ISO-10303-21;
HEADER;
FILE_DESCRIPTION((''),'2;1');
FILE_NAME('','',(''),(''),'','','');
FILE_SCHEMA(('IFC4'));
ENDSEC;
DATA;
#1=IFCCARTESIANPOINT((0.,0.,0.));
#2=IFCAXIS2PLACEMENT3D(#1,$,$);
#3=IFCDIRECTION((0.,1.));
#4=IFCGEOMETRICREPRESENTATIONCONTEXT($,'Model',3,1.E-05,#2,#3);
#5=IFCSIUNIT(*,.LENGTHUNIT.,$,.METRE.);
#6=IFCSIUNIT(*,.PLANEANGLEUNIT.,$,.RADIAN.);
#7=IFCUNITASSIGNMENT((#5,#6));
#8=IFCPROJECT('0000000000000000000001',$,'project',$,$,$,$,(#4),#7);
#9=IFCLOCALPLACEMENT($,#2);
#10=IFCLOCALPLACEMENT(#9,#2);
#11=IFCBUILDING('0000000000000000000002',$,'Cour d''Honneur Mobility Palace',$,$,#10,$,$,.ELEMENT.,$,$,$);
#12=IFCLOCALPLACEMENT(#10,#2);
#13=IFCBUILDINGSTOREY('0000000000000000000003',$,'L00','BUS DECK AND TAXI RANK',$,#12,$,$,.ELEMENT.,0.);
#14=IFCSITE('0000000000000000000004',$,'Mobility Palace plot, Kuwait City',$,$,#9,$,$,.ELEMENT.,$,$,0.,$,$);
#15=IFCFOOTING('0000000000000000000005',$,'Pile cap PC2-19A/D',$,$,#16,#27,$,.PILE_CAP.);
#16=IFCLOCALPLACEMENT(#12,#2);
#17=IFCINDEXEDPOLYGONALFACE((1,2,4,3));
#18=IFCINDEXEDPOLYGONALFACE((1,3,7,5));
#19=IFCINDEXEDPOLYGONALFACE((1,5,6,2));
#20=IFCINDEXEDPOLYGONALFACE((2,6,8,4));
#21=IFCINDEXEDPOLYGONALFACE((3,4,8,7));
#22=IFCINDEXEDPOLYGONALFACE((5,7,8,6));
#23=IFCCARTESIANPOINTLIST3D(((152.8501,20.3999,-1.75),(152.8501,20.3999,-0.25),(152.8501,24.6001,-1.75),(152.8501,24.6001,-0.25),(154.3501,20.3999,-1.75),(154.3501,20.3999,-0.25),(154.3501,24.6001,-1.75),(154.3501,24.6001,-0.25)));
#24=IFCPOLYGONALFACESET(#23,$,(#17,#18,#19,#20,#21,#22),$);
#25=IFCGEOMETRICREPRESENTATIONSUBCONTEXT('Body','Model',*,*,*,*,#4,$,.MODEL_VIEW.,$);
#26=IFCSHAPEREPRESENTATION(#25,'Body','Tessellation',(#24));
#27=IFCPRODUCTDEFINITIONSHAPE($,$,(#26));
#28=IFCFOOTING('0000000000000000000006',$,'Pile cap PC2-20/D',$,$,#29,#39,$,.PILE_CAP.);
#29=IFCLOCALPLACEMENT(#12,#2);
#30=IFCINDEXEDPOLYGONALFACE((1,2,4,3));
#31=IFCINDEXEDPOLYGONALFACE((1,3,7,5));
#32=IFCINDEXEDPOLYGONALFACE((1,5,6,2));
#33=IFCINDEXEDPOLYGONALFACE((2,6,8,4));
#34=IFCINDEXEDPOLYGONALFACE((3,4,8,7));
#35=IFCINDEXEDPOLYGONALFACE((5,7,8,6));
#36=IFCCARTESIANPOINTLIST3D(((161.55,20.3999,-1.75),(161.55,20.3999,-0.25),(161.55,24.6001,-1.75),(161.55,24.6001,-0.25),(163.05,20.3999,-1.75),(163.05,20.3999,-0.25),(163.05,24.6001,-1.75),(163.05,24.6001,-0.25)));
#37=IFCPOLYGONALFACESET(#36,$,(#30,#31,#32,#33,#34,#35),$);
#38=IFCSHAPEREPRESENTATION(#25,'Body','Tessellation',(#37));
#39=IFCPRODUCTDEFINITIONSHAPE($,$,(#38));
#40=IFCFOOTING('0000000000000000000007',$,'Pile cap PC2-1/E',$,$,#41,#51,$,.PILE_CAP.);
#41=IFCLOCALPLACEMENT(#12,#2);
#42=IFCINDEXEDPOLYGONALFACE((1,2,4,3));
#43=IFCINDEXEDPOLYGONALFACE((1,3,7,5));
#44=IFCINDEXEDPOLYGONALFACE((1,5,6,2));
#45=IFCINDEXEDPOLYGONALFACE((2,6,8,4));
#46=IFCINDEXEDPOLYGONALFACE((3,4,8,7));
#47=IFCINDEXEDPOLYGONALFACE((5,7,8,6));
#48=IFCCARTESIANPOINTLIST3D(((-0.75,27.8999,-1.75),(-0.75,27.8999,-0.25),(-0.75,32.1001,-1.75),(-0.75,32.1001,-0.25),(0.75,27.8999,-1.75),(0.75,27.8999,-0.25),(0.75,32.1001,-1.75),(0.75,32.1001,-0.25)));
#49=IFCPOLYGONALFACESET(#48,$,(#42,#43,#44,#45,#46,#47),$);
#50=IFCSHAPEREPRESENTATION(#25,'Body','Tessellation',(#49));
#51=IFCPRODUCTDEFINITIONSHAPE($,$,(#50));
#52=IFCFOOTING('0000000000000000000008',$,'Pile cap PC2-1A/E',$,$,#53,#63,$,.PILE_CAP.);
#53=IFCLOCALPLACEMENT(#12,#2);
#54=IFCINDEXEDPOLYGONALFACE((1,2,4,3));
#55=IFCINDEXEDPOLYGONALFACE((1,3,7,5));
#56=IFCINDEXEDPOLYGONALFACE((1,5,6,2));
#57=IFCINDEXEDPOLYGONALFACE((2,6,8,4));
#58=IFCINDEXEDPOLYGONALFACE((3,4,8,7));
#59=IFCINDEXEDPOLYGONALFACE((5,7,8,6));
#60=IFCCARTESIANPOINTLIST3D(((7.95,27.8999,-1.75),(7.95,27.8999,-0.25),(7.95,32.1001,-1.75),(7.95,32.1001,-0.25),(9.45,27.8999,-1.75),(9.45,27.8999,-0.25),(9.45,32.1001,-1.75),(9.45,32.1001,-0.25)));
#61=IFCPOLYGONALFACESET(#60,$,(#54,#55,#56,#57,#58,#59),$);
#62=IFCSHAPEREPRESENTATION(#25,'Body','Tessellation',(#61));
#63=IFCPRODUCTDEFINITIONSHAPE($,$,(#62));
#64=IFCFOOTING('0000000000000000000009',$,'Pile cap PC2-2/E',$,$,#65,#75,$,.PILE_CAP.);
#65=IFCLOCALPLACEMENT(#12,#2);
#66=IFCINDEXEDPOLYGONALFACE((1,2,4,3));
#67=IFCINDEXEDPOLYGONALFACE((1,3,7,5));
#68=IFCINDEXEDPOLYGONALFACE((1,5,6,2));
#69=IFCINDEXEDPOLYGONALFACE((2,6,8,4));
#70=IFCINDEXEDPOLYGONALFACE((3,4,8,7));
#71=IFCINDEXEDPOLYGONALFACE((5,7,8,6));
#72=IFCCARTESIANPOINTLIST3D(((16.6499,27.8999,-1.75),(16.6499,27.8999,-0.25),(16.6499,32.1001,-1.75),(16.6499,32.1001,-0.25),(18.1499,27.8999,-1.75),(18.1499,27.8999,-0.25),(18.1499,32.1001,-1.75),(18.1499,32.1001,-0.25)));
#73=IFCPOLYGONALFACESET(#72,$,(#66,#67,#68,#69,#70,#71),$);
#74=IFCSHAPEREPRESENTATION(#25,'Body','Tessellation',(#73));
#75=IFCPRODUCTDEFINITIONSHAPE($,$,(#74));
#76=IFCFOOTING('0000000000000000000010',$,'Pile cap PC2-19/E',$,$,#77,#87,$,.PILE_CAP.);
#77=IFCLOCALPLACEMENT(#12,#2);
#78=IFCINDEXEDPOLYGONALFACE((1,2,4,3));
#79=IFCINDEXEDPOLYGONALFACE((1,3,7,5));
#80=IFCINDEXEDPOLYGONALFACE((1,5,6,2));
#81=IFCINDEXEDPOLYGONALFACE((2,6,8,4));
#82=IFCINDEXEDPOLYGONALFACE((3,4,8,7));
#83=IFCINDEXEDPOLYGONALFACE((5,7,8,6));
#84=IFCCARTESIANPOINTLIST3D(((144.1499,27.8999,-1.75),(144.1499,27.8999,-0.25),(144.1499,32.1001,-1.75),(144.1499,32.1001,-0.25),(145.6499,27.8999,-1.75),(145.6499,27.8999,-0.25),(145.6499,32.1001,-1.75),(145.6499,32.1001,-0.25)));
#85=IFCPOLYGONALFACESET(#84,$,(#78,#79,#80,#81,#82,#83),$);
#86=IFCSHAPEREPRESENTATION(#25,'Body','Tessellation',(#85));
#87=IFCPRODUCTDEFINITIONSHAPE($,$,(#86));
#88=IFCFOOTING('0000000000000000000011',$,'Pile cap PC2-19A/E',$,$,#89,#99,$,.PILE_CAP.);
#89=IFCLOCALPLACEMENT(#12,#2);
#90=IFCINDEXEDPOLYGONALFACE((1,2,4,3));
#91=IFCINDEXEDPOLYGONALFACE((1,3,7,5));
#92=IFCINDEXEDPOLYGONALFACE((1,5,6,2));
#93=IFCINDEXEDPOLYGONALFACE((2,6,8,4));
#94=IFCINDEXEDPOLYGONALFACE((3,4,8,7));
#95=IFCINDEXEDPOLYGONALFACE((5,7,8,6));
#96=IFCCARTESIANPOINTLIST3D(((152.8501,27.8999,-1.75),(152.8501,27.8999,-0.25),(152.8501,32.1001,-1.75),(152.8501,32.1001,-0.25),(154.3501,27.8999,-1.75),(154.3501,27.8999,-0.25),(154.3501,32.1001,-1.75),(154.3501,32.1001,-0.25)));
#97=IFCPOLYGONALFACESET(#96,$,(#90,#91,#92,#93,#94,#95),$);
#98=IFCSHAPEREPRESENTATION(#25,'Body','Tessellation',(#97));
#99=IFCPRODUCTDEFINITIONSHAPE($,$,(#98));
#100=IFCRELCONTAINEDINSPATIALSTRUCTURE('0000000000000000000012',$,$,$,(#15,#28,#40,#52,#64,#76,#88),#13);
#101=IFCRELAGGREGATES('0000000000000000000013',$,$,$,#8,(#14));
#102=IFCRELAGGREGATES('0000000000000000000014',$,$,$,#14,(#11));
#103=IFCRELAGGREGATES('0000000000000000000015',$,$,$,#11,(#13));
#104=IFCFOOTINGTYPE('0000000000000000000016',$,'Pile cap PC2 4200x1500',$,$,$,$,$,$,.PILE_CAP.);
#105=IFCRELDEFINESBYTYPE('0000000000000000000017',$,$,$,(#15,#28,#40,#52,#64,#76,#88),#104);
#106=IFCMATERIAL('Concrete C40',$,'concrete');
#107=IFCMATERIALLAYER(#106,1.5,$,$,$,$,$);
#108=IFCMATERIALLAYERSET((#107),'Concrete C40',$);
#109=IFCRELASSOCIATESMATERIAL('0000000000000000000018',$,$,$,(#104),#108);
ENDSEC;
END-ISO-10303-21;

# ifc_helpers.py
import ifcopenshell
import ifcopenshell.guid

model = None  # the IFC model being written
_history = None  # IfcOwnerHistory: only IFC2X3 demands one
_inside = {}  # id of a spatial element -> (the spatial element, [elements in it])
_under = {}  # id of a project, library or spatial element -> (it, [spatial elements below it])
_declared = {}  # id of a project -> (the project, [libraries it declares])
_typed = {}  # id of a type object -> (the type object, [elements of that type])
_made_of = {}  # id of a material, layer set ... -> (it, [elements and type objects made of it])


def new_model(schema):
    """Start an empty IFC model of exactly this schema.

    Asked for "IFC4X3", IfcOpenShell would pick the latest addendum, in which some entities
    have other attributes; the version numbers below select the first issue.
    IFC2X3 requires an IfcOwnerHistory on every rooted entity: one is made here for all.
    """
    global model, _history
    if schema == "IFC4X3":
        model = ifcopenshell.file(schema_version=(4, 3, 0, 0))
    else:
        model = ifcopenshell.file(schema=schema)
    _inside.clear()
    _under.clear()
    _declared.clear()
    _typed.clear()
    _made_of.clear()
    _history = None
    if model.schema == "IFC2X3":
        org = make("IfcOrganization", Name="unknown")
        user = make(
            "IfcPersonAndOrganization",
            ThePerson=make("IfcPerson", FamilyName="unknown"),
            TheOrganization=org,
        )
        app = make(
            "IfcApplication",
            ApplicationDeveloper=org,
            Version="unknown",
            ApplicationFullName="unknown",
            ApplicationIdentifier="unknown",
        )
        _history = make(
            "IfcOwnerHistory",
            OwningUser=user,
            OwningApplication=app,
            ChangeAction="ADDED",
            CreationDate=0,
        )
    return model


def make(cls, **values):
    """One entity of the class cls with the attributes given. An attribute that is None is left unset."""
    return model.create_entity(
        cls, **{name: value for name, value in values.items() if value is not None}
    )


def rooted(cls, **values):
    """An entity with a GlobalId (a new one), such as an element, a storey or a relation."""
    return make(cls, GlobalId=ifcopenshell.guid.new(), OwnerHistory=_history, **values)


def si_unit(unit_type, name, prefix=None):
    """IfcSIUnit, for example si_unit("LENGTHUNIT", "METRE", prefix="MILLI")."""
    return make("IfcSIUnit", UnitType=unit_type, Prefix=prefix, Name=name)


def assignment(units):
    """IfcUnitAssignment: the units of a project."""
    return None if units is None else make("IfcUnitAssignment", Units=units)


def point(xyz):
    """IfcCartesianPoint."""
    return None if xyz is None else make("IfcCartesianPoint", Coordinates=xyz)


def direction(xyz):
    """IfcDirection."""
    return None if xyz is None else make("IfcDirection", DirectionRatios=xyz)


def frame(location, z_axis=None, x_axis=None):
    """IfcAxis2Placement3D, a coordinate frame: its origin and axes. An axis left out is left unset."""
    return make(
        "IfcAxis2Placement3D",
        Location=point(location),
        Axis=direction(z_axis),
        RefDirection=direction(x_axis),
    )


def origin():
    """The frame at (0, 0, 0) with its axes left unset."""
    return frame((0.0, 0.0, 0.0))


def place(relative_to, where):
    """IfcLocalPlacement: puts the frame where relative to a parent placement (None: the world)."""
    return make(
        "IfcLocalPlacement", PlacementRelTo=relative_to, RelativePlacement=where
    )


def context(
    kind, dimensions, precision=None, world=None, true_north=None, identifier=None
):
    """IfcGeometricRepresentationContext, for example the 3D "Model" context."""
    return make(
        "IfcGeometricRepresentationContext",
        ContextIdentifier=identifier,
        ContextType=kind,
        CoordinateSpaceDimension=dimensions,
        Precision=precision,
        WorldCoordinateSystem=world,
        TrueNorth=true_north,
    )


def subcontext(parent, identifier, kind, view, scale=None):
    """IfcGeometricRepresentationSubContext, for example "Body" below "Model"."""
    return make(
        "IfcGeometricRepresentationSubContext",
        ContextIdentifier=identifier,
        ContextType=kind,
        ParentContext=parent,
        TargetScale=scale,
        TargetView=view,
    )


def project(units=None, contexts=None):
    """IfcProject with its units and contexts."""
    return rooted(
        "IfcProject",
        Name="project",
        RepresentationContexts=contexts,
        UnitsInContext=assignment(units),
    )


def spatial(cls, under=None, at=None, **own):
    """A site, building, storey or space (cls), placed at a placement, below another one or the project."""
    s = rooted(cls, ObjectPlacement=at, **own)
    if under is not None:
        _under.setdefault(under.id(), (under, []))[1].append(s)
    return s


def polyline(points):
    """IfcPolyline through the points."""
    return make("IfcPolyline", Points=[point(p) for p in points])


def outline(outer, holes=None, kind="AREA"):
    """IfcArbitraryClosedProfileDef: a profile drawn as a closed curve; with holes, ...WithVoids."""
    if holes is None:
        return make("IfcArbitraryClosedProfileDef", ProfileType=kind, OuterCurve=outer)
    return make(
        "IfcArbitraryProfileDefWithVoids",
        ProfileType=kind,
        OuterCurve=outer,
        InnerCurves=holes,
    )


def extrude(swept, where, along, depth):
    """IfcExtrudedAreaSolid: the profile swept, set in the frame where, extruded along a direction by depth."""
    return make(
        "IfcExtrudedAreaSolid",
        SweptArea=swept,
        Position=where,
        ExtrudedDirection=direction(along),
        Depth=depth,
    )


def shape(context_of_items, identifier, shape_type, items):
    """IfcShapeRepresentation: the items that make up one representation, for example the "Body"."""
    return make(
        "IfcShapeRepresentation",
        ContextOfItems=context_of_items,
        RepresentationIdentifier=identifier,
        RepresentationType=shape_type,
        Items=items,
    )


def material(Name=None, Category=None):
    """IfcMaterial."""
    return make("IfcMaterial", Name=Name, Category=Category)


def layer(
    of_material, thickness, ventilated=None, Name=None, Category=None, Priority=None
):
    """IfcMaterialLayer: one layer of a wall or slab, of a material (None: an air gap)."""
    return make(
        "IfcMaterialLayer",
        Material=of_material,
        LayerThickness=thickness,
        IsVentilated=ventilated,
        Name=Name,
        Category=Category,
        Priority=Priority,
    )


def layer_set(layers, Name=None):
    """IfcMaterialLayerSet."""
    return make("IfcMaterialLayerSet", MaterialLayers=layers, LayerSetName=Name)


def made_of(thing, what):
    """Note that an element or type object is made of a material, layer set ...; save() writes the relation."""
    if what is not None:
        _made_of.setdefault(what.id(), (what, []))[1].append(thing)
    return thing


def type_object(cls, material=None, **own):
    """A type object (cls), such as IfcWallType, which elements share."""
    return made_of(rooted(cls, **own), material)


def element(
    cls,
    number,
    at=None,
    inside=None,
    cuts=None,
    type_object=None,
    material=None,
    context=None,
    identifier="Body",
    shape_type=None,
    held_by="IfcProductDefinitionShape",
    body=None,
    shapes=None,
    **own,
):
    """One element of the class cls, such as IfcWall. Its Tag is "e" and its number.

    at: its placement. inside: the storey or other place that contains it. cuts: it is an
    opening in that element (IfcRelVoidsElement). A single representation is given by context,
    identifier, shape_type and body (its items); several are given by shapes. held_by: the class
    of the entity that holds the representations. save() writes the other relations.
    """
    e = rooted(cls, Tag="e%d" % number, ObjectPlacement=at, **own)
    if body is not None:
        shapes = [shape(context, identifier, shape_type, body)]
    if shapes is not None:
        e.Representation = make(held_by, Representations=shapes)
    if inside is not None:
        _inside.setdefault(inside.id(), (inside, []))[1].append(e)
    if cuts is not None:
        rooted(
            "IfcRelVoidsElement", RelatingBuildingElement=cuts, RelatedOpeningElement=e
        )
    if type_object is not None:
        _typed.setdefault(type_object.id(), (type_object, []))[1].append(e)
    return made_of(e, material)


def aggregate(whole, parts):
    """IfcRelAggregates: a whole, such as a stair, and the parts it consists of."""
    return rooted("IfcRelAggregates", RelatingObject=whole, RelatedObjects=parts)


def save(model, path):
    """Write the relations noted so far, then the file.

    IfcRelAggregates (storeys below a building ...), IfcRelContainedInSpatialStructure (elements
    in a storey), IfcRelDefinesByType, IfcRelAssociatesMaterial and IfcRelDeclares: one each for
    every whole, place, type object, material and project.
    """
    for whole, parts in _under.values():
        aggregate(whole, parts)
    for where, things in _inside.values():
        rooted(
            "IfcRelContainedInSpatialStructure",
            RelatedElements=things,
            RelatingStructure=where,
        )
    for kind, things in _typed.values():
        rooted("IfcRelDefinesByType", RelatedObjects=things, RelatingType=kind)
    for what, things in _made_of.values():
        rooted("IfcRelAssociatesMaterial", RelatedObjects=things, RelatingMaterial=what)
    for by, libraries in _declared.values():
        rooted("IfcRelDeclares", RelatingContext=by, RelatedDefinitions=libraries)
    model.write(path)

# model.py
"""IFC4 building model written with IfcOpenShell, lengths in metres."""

from ifc_helpers import new_model, si_unit, direction, frame, origin, place, context, subcontext, project, spatial, polyline, outline, extrude, material, layer, layer_set, type_object, element, save


model = new_model("IFC4")

# Units and contexts
model_context = context("Model", 3, precision=1e-05, world=origin(), true_north=direction((0.0, 1.0)))
body_context = subcontext(model_context, "Body", "Model", "MODEL_VIEW")
ifc_project = project(units=[si_unit("LENGTHUNIT", "METRE"), si_unit("PLANEANGLEUNIT", "RADIAN")], contexts=[model_context])

# Site, building, storey
site_placement = place(None, origin())
site = spatial("IfcSite", under=ifc_project, at=site_placement, Name="Mobility Palace plot, Kuwait City", CompositionType="ELEMENT", RefElevation=0.0)
building_placement = place(site_placement, origin())
building = spatial("IfcBuilding", under=site, at=building_placement, Name="Cour d'Honneur Mobility Palace", CompositionType="ELEMENT")
storey_placement = place(building_placement, origin())
storey = spatial("IfcBuildingStorey", under=building, at=storey_placement, Name="L00", Description="BUS DECK AND TAXI RANK", CompositionType="ELEMENT", Elevation=0.0)

# Footings
ifc_material = material(Name="Concrete C40", Category="concrete")
ifc_layer = layer(ifc_material, 1.5)
ifc_layer_set = layer_set([ifc_layer], Name="Concrete C40")
footing_type = type_object("IfcFootingType", Name="Pile cap PC2 4200x1500", PredefinedType="PILE_CAP", material=ifc_layer_set)
footing_1_placement = place(storey_placement, frame((0.0, 0.0, -1.75)))
element("IfcFooting", 1, at=footing_1_placement, inside=storey, type_object=footing_type, Name="Pile cap PC2-19A/D", PredefinedType="PILE_CAP", context=body_context, shape_type="SweptSolid", body=[
    extrude(outline(polyline([(152.8501, 20.3999), (154.3501, 20.3999), (154.3501, 24.6001), (152.8501, 24.6001), (152.8501, 20.3999)])), origin(), (0.0, 0.0, 1.0), 1.5),
])
footing_2_placement = place(storey_placement, frame((0.0, 0.0, -1.75)))
element("IfcFooting", 2, at=footing_2_placement, inside=storey, type_object=footing_type, Name="Pile cap PC2-20/D", PredefinedType="PILE_CAP", context=body_context, shape_type="SweptSolid", body=[
    extrude(outline(polyline([(161.55, 20.3999), (163.05, 20.3999), (163.05, 24.6001), (161.55, 24.6001), (161.55, 20.3999)])), origin(), (0.0, 0.0, 1.0), 1.5),
])
footing_3_placement = place(storey_placement, frame((0.0, 0.0, -1.75)))
element("IfcFooting", 3, at=footing_3_placement, inside=storey, type_object=footing_type, Name="Pile cap PC2-1/E", PredefinedType="PILE_CAP", context=body_context, shape_type="SweptSolid", body=[
    extrude(outline(polyline([(-0.75, 27.8999), (0.75, 27.8999), (0.75, 32.1001), (-0.75, 32.1001), (-0.75, 27.8999)])), origin(), (0.0, 0.0, 1.0), 1.5),
])
footing_4_placement = place(storey_placement, frame((0.0, 0.0, -1.75)))
element("IfcFooting", 4, at=footing_4_placement, inside=storey, type_object=footing_type, Name="Pile cap PC2-1A/E", PredefinedType="PILE_CAP", context=body_context, shape_type="SweptSolid", body=[
    extrude(outline(polyline([(7.95, 27.8999), (9.45, 27.8999), (9.45, 32.1001), (7.95, 32.1001), (7.95, 27.8999)])), origin(), (0.0, 0.0, 1.0), 1.5),
])
footing_5_placement = place(storey_placement, frame((0.0, 0.0, -1.75)))
element("IfcFooting", 5, at=footing_5_placement, inside=storey, type_object=footing_type, Name="Pile cap PC2-2/E", PredefinedType="PILE_CAP", context=body_context, shape_type="SweptSolid", body=[
    extrude(outline(polyline([(16.6499, 27.8999), (18.1499, 27.8999), (18.1499, 32.1001), (16.6499, 32.1001), (16.6499, 27.8999)])), origin(), (0.0, 0.0, 1.0), 1.5),
])
footing_6_placement = place(storey_placement, frame((0.0, 0.0, -1.75)))
element("IfcFooting", 6, at=footing_6_placement, inside=storey, type_object=footing_type, Name="Pile cap PC2-19/E", PredefinedType="PILE_CAP", context=body_context, shape_type="SweptSolid", body=[
    extrude(outline(polyline([(144.1499, 27.8999), (145.6499, 27.8999), (145.6499, 32.1001), (144.1499, 32.1001), (144.1499, 27.8999)])), origin(), (0.0, 0.0, 1.0), 1.5),
])
footing_7_placement = place(storey_placement, frame((0.0, 0.0, -1.75)))
element("IfcFooting", 7, at=footing_7_placement, inside=storey, type_object=footing_type, Name="Pile cap PC2-19A/E", PredefinedType="PILE_CAP", context=body_context, shape_type="SweptSolid", body=[
    extrude(outline(polyline([(152.8501, 27.8999), (154.3501, 27.8999), (154.3501, 32.1001), (152.8501, 32.1001), (152.8501, 27.8999)])), origin(), (0.0, 0.0, 1.0), 1.5),
])

save(model, "model.ifc")
